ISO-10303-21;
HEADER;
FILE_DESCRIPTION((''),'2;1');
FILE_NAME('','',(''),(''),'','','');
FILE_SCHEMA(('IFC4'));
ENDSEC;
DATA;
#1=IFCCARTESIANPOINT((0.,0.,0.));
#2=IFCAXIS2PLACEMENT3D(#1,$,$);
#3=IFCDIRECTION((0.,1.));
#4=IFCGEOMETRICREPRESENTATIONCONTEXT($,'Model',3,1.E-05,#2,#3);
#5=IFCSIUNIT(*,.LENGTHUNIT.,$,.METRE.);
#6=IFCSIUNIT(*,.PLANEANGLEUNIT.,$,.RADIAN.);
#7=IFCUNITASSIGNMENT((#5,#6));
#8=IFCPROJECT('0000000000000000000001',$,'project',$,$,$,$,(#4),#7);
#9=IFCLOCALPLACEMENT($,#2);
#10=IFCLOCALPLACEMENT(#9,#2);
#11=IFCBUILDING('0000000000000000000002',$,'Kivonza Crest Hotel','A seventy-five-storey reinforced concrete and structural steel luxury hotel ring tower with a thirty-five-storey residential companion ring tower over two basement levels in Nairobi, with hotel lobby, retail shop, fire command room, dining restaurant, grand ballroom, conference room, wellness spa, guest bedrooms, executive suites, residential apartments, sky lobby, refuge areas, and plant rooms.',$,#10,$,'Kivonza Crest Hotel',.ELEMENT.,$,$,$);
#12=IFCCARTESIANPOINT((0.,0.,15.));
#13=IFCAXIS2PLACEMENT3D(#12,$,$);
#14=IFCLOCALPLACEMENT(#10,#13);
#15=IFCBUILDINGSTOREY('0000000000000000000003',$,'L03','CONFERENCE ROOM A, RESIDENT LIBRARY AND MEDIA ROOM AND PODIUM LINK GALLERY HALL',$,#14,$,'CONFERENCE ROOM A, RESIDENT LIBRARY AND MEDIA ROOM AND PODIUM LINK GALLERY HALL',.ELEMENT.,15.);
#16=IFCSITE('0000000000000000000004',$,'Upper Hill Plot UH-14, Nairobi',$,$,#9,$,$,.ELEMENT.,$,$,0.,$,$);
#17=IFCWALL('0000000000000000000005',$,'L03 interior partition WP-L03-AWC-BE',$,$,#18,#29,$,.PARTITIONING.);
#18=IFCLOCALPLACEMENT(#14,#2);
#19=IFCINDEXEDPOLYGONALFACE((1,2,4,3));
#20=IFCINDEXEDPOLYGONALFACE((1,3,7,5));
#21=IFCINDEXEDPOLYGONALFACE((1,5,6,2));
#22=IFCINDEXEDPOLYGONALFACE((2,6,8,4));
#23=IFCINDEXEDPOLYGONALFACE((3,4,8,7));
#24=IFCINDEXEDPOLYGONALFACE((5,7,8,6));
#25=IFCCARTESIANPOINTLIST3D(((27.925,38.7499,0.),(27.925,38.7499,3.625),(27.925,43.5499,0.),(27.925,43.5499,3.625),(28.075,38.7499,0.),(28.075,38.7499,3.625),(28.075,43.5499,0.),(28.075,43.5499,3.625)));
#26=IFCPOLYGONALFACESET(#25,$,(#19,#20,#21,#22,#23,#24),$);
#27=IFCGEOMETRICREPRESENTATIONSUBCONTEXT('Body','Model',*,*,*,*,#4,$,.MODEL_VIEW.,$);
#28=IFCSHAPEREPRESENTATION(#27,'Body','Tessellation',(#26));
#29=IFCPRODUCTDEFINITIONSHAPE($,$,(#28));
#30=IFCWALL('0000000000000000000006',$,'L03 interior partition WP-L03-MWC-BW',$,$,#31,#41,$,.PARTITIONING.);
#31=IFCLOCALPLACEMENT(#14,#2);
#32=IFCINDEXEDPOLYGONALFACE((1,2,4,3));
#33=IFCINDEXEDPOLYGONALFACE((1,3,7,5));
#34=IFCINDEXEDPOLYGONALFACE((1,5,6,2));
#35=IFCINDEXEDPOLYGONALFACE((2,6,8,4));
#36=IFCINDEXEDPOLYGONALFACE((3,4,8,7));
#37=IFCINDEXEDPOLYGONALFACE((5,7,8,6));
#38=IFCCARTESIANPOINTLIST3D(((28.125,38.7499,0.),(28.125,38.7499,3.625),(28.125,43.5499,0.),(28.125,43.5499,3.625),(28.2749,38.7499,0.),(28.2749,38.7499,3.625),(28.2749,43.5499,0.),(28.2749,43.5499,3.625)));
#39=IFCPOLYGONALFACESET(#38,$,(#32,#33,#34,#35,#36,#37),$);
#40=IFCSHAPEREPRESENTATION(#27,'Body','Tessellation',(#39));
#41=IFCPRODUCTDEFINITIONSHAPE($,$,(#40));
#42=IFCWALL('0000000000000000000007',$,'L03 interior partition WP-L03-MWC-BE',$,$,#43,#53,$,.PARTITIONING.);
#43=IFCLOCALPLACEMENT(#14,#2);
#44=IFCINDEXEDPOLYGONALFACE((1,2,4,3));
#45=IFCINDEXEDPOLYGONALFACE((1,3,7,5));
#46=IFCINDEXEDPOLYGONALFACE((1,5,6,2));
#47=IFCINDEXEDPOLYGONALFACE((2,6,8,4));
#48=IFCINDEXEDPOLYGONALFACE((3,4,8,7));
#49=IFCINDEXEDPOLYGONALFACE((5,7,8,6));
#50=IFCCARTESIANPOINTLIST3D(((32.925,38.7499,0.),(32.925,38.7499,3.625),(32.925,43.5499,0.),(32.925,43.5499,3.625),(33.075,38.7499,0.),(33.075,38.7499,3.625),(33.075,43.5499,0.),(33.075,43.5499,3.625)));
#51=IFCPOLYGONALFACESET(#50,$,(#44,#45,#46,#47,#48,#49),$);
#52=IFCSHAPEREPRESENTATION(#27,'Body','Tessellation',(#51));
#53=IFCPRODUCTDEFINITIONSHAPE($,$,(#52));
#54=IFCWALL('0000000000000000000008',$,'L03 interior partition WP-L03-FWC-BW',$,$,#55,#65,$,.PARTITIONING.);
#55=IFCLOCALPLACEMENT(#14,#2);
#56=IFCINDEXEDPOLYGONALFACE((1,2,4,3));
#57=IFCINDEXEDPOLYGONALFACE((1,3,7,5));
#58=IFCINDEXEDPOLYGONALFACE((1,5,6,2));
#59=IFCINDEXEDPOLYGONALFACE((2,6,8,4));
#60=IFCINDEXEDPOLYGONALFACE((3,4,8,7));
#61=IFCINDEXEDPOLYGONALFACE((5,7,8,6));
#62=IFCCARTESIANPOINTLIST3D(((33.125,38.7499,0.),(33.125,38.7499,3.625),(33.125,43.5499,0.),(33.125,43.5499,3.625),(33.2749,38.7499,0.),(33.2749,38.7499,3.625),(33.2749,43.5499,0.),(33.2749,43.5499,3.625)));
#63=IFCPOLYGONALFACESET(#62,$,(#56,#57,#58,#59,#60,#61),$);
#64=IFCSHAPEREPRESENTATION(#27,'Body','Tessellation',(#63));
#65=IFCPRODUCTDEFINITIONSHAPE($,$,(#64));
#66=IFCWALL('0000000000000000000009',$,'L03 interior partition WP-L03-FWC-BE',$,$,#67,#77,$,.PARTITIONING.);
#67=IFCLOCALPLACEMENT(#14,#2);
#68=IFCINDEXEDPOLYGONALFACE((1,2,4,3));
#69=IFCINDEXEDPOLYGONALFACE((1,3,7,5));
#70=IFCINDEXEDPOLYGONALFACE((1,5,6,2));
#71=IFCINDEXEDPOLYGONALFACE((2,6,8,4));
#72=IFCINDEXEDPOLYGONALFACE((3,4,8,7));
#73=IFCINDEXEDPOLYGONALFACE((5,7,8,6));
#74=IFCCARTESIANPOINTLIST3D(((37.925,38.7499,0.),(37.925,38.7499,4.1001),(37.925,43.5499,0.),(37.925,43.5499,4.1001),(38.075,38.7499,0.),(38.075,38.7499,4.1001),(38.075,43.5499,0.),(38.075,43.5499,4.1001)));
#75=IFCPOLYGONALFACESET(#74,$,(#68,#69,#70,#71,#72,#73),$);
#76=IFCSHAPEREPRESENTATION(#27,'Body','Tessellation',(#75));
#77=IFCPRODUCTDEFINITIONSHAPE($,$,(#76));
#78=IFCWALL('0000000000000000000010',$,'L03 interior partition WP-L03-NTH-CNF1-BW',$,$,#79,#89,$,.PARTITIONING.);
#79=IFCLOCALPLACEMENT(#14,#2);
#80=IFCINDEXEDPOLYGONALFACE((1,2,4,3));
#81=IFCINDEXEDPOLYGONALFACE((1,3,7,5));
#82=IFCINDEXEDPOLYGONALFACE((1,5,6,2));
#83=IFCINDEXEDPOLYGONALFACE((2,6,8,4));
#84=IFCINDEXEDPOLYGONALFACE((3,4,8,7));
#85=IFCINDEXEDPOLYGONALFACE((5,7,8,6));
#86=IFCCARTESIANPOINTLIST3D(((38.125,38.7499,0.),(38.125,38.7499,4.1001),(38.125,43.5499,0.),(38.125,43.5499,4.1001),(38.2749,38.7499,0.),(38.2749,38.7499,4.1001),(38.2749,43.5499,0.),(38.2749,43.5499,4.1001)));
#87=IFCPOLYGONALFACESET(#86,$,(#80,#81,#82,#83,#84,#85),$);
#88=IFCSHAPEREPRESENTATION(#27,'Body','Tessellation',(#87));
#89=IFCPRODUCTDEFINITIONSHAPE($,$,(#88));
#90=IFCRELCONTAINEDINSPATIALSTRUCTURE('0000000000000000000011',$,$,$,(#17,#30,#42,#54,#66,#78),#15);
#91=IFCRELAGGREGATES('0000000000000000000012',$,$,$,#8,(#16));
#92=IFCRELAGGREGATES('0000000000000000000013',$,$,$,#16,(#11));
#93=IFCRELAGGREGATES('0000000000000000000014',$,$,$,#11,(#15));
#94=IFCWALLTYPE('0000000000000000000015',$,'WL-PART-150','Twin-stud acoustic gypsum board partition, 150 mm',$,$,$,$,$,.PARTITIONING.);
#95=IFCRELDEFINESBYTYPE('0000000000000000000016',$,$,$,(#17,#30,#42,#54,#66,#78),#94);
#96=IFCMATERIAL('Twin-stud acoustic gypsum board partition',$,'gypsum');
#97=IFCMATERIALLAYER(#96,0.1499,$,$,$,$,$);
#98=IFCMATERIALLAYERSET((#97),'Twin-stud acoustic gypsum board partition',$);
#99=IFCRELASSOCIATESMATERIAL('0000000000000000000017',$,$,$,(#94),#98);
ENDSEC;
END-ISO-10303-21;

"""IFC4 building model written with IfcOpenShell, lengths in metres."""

from ifc_helpers import new_model, si_unit, direction, frame, frame_2d, origin, place, context, subcontext, project, spatial, rectangle, extrude, material, layer, layer_set, type_object, element, save


model = new_model("IFC4")

# Units and contexts
model_context = context("Model", 3, precision=1e-05, world=origin(), true_north=direction((0.0, 1.0)))
body_context = subcontext(model_context, "Body", "Model", "MODEL_VIEW")
ifc_project = project(units=[si_unit("LENGTHUNIT", "METRE"), si_unit("PLANEANGLEUNIT", "RADIAN")], contexts=[model_context])

# Site, building, storey
site_placement = place(None, origin())
site = spatial("IfcSite", under=ifc_project, at=site_placement, Name="Upper Hill Plot UH-14, Nairobi", CompositionType="ELEMENT", RefElevation=0.0)
building_placement = place(site_placement, origin())
building = spatial("IfcBuilding", under=site, at=building_placement, Name="Kivonza Crest Hotel", Description="A seventy-five-storey reinforced concrete and structural steel luxury hotel ring tower with a thirty-five-storey residential companion ring tower over two basement levels in Nairobi, with hotel lobby, retail shop, fire command room, dining restaurant, grand ballroom, conference room, wellness spa, guest bedrooms, executive suites, residential apartments, sky lobby, refuge areas, and plant rooms.", LongName="Kivonza Crest Hotel", CompositionType="ELEMENT")
storey_placement = place(building_placement, frame((0.0, 0.0, 15.0)))
storey = spatial("IfcBuildingStorey", under=building, at=storey_placement, Name="L03", Description="CONFERENCE ROOM A, RESIDENT LIBRARY AND MEDIA ROOM AND PODIUM LINK GALLERY HALL", LongName="CONFERENCE ROOM A, RESIDENT LIBRARY AND MEDIA ROOM AND PODIUM LINK GALLERY HALL", CompositionType="ELEMENT", Elevation=15.0)

# Walls
ifc_material_1 = material(Name="Twin-stud acoustic gypsum board partition", Category="gypsum")
ifc_layer_1 = layer(ifc_material_1, 0.1499)
ifc_layer_set_1 = layer_set([ifc_layer_1], Name="Twin-stud acoustic gypsum board partition")
wall_type_1 = type_object("IfcWallType", Name="WL-PART-150", Description="Twin-stud acoustic gypsum board partition, 150 mm", PredefinedType="PARTITIONING", material=ifc_layer_set_1)
for number, where, z_axis, x_axis, name in (
    (1, (28.0, 38.75, 0.0), (0.0, 0.0, 1.0), (0.0, 1.0, 0.0), "L03 interior partition WP-L03-AWC-BE"),
    (2, (28.2, 38.75, 0.0), (0.0, 0.0, 1.0), (0.0, 1.0, 0.0), "L03 interior partition WP-L03-MWC-BW"),
    (3, (33.0, 38.75, 0.0), (0.0, 0.0, 1.0), (0.0, 1.0, 0.0), "L03 interior partition WP-L03-MWC-BE"),
    (4, (33.2, 38.75, 0.0), (0.0, 0.0, 1.0), (0.0, 1.0, 0.0), "L03 interior partition WP-L03-FWC-BW"),
):
    element("IfcWall", number, at=place(storey_placement, frame(where, z_axis=z_axis, x_axis=x_axis)), inside=storey, type_object=wall_type_1, Name=name, PredefinedType="PARTITIONING", context=body_context, shape_type="SweptSolid", body=[
        extrude(rectangle(XDim=4.8, YDim=0.1499, at=frame_2d((2.3999, 0.0))), origin(), (0.0, 0.0, 1.0), 3.625),
    ])
for number, where, z_axis, x_axis, name in (
    (5, (38.0, 38.75, 0.0), (0.0, 0.0, 1.0), (0.0, 1.0, 0.0), "L03 interior partition WP-L03-FWC-BE"),
    (6, (38.2, 38.75, 0.0), (0.0, 0.0, 1.0), (0.0, 1.0, 0.0), "L03 interior partition WP-L03-NTH-CNF1-BW"),
):
    element("IfcWall", number, at=place(storey_placement, frame(where, z_axis=z_axis, x_axis=x_axis)), inside=storey, type_object=wall_type_1, Name=name, PredefinedType="PARTITIONING", context=body_context, shape_type="SweptSolid", body=[
        extrude(rectangle(XDim=4.8, YDim=0.1499, at=frame_2d((2.3999, 0.0))), origin(), (0.0, 0.0, 1.0), 4.1001),
    ])

save(model, "model.ifc")
